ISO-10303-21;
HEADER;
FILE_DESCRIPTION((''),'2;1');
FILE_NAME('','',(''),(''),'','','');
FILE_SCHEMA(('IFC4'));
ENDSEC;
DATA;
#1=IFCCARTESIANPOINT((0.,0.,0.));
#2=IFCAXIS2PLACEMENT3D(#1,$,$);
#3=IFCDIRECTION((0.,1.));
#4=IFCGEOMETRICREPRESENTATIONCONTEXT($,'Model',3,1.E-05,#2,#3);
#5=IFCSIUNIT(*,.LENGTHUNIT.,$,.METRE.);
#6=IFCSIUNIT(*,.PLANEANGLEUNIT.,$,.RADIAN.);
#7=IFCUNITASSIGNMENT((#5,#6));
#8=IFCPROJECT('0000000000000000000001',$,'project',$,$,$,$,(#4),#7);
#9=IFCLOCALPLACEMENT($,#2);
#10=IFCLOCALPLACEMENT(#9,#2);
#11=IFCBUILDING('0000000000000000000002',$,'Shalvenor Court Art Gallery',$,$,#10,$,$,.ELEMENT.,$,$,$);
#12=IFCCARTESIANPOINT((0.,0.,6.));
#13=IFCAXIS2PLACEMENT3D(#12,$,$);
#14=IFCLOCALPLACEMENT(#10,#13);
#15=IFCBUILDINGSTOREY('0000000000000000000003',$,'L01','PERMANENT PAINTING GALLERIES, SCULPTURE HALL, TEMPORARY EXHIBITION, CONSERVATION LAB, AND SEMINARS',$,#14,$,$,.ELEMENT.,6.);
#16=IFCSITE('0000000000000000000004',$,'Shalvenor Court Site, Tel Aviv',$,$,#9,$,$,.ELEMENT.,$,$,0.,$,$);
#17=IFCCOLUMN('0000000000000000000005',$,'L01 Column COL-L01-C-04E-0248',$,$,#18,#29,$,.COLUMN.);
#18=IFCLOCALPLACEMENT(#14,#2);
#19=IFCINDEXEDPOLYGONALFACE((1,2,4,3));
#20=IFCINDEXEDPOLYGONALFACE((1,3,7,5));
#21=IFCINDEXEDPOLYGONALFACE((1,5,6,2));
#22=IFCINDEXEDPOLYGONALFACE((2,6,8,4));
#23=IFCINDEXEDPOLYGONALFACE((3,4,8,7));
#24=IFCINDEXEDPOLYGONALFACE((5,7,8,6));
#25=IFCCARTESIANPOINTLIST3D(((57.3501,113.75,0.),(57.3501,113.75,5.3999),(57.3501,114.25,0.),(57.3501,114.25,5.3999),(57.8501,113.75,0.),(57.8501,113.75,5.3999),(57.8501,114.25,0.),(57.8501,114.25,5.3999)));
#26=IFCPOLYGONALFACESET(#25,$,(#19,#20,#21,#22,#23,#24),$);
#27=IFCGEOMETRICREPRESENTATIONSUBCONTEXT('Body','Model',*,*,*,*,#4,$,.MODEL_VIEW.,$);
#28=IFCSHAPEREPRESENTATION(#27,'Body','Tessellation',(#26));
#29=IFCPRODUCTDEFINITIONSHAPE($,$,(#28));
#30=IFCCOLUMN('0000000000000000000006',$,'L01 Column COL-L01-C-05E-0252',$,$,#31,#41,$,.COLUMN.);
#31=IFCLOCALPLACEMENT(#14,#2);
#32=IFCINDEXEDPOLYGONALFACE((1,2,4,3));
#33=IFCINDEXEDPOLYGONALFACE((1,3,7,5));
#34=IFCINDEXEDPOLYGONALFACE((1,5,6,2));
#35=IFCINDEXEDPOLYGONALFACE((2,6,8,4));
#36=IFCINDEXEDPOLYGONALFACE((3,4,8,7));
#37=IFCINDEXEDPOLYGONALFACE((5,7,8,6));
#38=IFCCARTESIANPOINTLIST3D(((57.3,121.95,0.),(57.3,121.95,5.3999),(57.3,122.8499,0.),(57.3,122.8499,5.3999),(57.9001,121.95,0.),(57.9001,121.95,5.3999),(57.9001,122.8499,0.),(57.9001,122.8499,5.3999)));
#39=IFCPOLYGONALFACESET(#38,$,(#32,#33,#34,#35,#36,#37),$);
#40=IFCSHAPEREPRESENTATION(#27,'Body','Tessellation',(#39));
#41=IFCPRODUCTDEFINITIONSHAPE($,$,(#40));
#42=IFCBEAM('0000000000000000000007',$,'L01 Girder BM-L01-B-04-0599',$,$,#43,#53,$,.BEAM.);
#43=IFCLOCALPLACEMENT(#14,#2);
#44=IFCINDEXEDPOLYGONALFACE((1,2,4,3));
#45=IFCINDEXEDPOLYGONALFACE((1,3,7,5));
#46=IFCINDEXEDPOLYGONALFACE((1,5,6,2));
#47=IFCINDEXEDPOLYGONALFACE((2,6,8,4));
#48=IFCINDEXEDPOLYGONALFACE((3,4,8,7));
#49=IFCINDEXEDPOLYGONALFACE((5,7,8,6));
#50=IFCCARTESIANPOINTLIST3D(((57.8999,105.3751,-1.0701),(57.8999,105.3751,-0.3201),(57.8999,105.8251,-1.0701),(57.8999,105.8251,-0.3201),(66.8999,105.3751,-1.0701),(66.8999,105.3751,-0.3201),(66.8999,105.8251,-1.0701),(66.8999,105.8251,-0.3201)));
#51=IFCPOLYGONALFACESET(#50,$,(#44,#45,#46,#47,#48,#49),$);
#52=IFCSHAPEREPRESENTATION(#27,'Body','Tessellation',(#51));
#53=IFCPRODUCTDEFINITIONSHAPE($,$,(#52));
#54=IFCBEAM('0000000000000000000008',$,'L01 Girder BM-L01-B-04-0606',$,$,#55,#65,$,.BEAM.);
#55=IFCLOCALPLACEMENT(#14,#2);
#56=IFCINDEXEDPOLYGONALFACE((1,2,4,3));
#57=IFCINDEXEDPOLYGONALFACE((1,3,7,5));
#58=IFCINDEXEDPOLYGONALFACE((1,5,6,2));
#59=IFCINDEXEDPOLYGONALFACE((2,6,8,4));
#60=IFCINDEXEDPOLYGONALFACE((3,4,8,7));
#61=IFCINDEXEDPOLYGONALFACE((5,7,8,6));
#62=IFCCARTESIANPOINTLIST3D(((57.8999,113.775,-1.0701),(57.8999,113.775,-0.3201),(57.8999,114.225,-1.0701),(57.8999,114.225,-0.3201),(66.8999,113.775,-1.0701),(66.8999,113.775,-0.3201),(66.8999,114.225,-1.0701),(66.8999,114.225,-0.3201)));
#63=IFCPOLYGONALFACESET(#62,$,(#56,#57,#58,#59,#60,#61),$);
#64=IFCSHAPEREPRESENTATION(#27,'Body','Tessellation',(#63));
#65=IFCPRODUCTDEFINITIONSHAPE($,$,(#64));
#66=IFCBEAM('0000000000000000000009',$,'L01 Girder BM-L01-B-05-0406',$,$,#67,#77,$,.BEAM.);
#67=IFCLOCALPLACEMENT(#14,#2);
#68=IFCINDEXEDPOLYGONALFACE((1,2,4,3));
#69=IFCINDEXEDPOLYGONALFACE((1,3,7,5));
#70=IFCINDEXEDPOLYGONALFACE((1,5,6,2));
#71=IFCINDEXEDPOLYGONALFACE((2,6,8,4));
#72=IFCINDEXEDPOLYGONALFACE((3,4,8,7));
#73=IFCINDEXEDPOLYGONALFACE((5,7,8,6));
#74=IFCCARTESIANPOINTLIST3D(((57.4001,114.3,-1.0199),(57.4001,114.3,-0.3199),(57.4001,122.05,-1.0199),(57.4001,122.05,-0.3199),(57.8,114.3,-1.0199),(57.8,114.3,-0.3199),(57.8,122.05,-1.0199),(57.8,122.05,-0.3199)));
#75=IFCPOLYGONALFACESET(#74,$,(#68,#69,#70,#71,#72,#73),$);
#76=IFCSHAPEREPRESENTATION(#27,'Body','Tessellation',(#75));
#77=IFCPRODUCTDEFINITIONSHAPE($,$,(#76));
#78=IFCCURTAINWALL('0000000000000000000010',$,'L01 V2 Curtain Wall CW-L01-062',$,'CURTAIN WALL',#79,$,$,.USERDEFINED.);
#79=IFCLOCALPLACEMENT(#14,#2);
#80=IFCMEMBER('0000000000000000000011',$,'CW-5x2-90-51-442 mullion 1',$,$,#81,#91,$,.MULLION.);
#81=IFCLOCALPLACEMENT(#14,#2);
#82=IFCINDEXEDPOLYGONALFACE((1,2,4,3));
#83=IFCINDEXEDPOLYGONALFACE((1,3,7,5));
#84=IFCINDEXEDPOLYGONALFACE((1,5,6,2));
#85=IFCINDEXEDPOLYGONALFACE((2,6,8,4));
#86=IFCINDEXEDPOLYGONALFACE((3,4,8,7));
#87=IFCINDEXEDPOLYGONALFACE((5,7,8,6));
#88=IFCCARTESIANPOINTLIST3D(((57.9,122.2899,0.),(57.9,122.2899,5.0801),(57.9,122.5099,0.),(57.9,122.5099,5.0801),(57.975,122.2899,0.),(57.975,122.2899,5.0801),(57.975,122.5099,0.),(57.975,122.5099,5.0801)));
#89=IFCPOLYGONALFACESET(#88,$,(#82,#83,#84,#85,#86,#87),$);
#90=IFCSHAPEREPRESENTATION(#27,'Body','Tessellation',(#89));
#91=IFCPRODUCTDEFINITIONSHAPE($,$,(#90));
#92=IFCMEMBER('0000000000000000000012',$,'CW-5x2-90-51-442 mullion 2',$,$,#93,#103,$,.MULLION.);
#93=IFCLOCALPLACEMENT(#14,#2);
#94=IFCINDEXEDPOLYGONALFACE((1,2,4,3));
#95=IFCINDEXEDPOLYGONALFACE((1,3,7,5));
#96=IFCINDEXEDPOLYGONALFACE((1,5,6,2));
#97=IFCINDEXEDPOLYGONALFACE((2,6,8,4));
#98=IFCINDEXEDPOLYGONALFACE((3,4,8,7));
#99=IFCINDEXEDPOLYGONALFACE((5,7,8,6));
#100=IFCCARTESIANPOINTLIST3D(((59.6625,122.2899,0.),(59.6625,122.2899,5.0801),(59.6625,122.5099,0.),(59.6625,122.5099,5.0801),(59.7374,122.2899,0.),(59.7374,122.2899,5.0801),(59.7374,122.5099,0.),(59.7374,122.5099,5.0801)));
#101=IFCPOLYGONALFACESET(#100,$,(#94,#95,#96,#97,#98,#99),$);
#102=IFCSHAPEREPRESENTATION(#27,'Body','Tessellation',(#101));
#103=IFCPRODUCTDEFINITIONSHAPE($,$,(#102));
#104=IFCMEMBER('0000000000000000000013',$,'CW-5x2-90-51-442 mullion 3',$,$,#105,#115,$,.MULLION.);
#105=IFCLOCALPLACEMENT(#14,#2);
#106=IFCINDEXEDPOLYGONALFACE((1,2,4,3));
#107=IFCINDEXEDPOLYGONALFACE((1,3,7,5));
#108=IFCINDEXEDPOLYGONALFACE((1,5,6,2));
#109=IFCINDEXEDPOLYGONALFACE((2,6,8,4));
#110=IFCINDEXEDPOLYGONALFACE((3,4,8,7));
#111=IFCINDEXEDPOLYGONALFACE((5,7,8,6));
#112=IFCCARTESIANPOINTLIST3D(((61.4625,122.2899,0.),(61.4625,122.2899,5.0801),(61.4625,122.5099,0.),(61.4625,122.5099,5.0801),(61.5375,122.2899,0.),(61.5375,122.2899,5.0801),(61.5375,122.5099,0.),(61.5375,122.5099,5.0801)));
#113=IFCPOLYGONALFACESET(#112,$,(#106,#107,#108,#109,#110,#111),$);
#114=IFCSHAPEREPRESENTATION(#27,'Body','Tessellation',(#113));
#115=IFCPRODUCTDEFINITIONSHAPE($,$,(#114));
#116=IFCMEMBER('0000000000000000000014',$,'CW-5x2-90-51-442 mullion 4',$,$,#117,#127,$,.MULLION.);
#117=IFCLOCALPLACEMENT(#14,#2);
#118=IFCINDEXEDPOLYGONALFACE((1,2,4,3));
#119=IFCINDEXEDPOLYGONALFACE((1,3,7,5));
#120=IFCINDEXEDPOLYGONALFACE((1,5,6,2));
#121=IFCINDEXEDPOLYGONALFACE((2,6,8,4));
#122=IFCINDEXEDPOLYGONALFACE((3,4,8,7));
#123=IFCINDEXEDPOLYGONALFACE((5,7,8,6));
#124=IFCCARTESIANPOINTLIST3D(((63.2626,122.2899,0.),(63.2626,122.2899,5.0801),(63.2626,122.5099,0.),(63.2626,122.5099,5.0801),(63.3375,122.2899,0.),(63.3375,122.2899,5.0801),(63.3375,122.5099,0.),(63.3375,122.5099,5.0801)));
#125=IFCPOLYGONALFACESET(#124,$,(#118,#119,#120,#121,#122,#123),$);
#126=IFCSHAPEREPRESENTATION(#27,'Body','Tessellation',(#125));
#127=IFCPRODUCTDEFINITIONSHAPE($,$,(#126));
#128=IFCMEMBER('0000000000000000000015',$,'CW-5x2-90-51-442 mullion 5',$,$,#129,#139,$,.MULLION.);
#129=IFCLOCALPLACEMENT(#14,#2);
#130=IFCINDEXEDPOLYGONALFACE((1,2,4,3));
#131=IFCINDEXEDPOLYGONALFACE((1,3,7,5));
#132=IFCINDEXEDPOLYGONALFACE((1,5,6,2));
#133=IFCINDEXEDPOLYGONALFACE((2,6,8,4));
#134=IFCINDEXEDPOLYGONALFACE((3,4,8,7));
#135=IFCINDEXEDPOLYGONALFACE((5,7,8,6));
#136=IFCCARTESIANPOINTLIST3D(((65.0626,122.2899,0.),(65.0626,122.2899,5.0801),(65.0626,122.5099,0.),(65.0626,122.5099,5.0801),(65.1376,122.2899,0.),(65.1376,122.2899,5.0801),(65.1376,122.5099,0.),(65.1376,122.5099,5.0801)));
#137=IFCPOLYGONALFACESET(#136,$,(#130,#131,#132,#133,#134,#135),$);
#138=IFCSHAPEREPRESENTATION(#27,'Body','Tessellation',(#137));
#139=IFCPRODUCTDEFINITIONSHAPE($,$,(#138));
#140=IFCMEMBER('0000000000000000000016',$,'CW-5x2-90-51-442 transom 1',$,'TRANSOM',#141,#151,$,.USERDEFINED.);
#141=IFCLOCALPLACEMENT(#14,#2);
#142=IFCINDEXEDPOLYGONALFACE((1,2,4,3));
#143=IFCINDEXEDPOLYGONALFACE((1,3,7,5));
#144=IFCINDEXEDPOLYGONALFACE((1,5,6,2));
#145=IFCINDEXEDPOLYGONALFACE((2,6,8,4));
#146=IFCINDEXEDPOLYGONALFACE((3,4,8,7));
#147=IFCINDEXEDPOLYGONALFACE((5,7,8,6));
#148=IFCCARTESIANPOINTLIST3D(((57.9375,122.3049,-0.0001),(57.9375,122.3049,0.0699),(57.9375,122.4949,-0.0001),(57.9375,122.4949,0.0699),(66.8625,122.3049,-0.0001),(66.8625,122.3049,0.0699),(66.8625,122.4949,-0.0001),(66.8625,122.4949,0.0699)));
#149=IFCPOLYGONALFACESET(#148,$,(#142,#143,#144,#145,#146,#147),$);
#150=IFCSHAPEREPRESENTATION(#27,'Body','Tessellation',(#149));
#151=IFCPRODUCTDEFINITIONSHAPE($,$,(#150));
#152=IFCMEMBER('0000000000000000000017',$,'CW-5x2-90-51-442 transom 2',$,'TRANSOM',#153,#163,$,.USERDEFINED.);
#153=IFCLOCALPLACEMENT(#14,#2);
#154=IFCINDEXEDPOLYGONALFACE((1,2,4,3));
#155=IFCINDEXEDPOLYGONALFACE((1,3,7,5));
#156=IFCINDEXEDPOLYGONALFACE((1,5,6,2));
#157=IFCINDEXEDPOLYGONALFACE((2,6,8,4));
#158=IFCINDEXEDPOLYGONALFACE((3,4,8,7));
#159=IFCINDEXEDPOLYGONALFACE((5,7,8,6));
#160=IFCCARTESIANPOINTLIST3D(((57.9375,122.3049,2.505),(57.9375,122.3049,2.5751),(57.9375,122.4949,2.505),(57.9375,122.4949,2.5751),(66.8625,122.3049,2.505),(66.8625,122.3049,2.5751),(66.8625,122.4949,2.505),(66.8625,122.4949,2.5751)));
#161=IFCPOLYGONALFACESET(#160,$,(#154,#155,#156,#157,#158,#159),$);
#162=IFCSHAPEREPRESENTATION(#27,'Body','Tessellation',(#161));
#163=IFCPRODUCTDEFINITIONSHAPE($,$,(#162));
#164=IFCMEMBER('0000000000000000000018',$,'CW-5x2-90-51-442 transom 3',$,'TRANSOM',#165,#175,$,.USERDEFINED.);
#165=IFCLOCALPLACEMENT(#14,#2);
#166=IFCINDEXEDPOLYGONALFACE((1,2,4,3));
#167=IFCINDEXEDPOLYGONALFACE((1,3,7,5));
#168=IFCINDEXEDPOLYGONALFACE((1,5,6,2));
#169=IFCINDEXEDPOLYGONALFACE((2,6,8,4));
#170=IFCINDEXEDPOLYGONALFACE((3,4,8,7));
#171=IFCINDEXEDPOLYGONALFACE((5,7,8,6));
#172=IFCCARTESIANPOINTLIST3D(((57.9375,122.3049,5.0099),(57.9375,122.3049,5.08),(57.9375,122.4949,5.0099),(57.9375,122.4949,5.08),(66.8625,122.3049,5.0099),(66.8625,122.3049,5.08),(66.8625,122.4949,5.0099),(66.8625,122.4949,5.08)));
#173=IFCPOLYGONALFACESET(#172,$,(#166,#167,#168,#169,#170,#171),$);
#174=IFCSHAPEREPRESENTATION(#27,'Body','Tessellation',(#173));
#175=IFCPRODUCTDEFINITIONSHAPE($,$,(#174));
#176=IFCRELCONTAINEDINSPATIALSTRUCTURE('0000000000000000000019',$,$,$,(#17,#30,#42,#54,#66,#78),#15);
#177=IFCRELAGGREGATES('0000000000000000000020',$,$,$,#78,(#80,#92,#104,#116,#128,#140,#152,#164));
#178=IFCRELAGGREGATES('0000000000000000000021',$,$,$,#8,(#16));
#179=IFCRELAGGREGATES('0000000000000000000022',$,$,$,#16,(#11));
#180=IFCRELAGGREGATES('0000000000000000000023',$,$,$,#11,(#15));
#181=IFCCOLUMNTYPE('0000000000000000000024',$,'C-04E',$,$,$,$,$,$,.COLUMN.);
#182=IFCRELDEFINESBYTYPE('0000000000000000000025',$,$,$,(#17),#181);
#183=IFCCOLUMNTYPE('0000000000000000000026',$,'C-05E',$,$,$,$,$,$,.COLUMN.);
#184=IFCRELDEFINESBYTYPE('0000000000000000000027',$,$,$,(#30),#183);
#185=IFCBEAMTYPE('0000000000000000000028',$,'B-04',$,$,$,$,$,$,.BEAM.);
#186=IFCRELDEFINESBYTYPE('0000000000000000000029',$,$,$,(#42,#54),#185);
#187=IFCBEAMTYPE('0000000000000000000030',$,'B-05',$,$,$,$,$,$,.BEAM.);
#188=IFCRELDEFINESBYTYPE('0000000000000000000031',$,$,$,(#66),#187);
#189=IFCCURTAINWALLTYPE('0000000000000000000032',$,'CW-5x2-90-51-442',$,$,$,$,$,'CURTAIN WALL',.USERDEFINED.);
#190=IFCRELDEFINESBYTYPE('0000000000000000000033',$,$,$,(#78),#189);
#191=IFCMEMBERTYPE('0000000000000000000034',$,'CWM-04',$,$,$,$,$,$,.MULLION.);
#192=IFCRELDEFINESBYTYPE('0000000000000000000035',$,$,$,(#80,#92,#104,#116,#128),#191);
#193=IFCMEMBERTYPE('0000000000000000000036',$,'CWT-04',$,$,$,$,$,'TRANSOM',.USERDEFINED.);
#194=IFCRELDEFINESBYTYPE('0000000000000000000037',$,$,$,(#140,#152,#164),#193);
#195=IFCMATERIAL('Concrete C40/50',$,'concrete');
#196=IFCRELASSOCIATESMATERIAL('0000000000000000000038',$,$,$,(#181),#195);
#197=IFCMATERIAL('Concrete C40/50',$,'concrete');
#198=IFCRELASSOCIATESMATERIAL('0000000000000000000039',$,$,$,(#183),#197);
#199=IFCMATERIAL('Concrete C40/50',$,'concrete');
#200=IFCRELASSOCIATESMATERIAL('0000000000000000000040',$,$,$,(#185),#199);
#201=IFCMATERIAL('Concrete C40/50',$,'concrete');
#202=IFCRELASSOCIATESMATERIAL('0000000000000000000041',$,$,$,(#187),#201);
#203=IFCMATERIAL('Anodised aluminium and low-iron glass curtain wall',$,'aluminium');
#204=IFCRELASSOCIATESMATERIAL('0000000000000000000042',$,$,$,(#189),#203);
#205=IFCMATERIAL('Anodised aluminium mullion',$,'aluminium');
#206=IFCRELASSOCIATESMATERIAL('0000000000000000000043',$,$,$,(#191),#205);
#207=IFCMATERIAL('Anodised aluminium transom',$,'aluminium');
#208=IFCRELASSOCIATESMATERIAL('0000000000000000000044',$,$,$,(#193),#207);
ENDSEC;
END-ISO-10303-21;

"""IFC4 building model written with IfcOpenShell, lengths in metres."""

from ifc_helpers import new_model, si_unit, direction, frame, origin, origin_2d, place, context, subcontext, project, spatial, rectangle, extrude, material, material_profile, profile_set, type_object, element, aggregate, save


model = new_model("IFC4")

# Units and contexts
model_context = context("Model", 3, precision=1e-05, world=origin(), true_north=direction((0.0, 1.0)))
body_context = subcontext(model_context, "Body", "Model", "MODEL_VIEW")
ifc_project = project(units=[si_unit("LENGTHUNIT", "METRE"), si_unit("PLANEANGLEUNIT", "RADIAN")], contexts=[model_context])

# Site, building, storey
site_placement = place(None, origin())
site = spatial("IfcSite", under=ifc_project, at=site_placement, Name="Shalvenor Court Site, Tel Aviv", CompositionType="ELEMENT", RefElevation=0.0)
building_placement = place(site_placement, origin())
building = spatial("IfcBuilding", under=site, at=building_placement, Name="Shalvenor Court Art Gallery", CompositionType="ELEMENT")
storey_placement = place(building_placement, frame((0.0, 0.0, 6.0)))
storey = spatial("IfcBuildingStorey", under=building, at=storey_placement, Name="L01", Description="PERMANENT PAINTING GALLERIES, SCULPTURE HALL, TEMPORARY EXHIBITION, CONSERVATION LAB, AND SEMINARS", CompositionType="ELEMENT", Elevation=6.0)

# Columns
ifc_material_1 = material(Name="Concrete C40/50", Category="concrete")
ifc_material_profile_1 = material_profile(ifc_material_1, rectangle(XDim=0.5, YDim=0.5, at=origin_2d()), Name="RC 500x500")
ifc_profile_set_1 = profile_set([ifc_material_profile_1], Name="Concrete C40/50")
column_type_1 = type_object("IfcColumnType", Name="C-04E", PredefinedType="COLUMN", material=ifc_profile_set_1)
column_1_placement = place(storey_placement, frame((57.6001, 114.0, 0.0), z_axis=(0.0, 0.0, 1.0), x_axis=(1.0, 0.0, 0.0)))
element("IfcColumn", 1, at=column_1_placement, inside=storey, type_object=column_type_1, Name="L01 Column COL-L01-C-04E-0248", PredefinedType="COLUMN", context=body_context, shape_type="SweptSolid", body=[
    extrude(rectangle(XDim=0.5, YDim=0.5, at=origin_2d()), origin(), (0.0, 0.0, 1.0), 5.3999),
])
ifc_material_2 = material(Name="Concrete C40/50", Category="concrete")
ifc_material_profile_2 = material_profile(ifc_material_2, rectangle(XDim=0.6001, YDim=0.8999, at=origin_2d()), Name="RC 600x900")
ifc_profile_set_2 = profile_set([ifc_material_profile_2], Name="Concrete C40/50")
column_type_2 = type_object("IfcColumnType", Name="C-05E", PredefinedType="COLUMN", material=ifc_profile_set_2)
column_2_placement = place(storey_placement, frame((57.6001, 122.3999, 0.0), z_axis=(0.0, 0.0, 1.0), x_axis=(1.0, 0.0, 0.0)))
element("IfcColumn", 2, at=column_2_placement, inside=storey, type_object=column_type_2, Name="L01 Column COL-L01-C-05E-0252", PredefinedType="COLUMN", context=body_context, shape_type="SweptSolid", body=[
    extrude(rectangle(XDim=0.6001, YDim=0.8999, at=origin_2d()), origin(), (0.0, 0.0, 1.0), 5.3999),
])

# Beams
ifc_material_3 = material(Name="Concrete C40/50", Category="concrete")
ifc_material_profile_3 = material_profile(ifc_material_3, rectangle(XDim=0.45, YDim=0.75, at=origin_2d()), Name="RC 450x750")
ifc_profile_set_3 = profile_set([ifc_material_profile_3], Name="Concrete C40/50")
beam_type_1 = type_object("IfcBeamType", Name="B-04", PredefinedType="BEAM", material=ifc_profile_set_3)
for number, where, z_axis, x_axis, name in (
    (3, (57.8999, 105.6001, -0.6951), (1.0, 0.0, 0.0), (0.0, 1.0, 0.0), "L01 Girder BM-L01-B-04-0599"),
    (4, (57.8999, 114.0, -0.6951), (1.0, 0.0, 0.0), (0.0, 1.0, 0.0), "L01 Girder BM-L01-B-04-0606"),
):
    element("IfcBeam", number, at=place(storey_placement, frame(where, z_axis=z_axis, x_axis=x_axis)), inside=storey, type_object=beam_type_1, Name=name, PredefinedType="BEAM", context=body_context, shape_type="SweptSolid", body=[
        extrude(rectangle(XDim=0.45, YDim=0.75, at=origin_2d()), origin(), (0.0, 0.0, 1.0), 9.0),
    ])
ifc_material_4 = material(Name="Concrete C40/50", Category="concrete")
ifc_material_profile_4 = material_profile(ifc_material_4, rectangle(XDim=0.3999, YDim=0.7, at=origin_2d()), Name="RC 400x700")
ifc_profile_set_4 = profile_set([ifc_material_profile_4], Name="Concrete C40/50")
beam_type_2 = type_object("IfcBeamType", Name="B-05", PredefinedType="BEAM", material=ifc_profile_set_4)
beam_1_placement = place(storey_placement, frame((57.6001, 114.3, -0.6699), z_axis=(0.0, 1.0, 0.0), x_axis=(-1.0, 0.0, 0.0)))
element("IfcBeam", 5, at=beam_1_placement, inside=storey, type_object=beam_type_2, Name="L01 Girder BM-L01-B-05-0406", PredefinedType="BEAM", context=body_context, shape_type="SweptSolid", body=[
    extrude(rectangle(XDim=0.3999, YDim=0.7, at=origin_2d()), origin(), (0.0, 0.0, 1.0), 7.75),
])

# Curtain wall, members
ifc_material_5 = material(Name="Anodised aluminium and low-iron glass curtain wall", Category="aluminium")
curtain_wall_type = type_object("IfcCurtainWallType", Name="CW-5x2-90-51-442", ElementType="CURTAIN WALL", PredefinedType="USERDEFINED", material=ifc_material_5)
curtain_wall_placement = place(storey_placement, origin())
curtain_wall = element("IfcCurtainWall", 6, at=curtain_wall_placement, inside=storey, type_object=curtain_wall_type, Name="L01 V2 Curtain Wall CW-L01-062", ObjectType="CURTAIN WALL", PredefinedType="USERDEFINED")
ifc_material_6 = material(Name="Anodised aluminium mullion", Category="aluminium")
ifc_material_profile_5 = material_profile(ifc_material_6, rectangle(XDim=0.075, YDim=0.22, at=origin_2d()), Name="CWM-04")
ifc_profile_set_5 = profile_set([ifc_material_profile_5], Name="Anodised aluminium mullion")
member_type_1 = type_object("IfcMemberType", Name="CWM-04", PredefinedType="MULLION", material=ifc_profile_set_5)
member_1_placement = place(storey_placement, frame((57.9375, 122.3999, 0.0), z_axis=(0.0, 0.0, 1.0), x_axis=(1.0, 0.0, 0.0)))
member_1 = element("IfcMember", 7, at=member_1_placement, type_object=member_type_1, Name="CW-5x2-90-51-442 mullion 1", PredefinedType="MULLION", context=body_context, shape_type="SweptSolid", body=[
    extrude(rectangle(XDim=0.075, YDim=0.22, at=origin_2d()), origin(), (0.0, 0.0, 1.0), 5.0801),
])
member_2_placement = place(storey_placement, frame((59.7, 122.3999, 0.0), z_axis=(0.0, 0.0, 1.0), x_axis=(1.0, 0.0, 0.0)))
member_2 = element("IfcMember", 8, at=member_2_placement, type_object=member_type_1, Name="CW-5x2-90-51-442 mullion 2", PredefinedType="MULLION", context=body_context, shape_type="SweptSolid", body=[
    extrude(rectangle(XDim=0.075, YDim=0.22, at=origin_2d()), origin(), (0.0, 0.0, 1.0), 5.0801),
])
member_3_placement = place(storey_placement, frame((61.5, 122.3999, 0.0), z_axis=(0.0, 0.0, 1.0), x_axis=(1.0, 0.0, 0.0)))
member_3 = element("IfcMember", 9, at=member_3_placement, type_object=member_type_1, Name="CW-5x2-90-51-442 mullion 3", PredefinedType="MULLION", context=body_context, shape_type="SweptSolid", body=[
    extrude(rectangle(XDim=0.075, YDim=0.22, at=origin_2d()), origin(), (0.0, 0.0, 1.0), 5.0801),
])
member_4_placement = place(storey_placement, frame((63.3, 122.3999, 0.0), z_axis=(0.0, 0.0, 1.0), x_axis=(1.0, 0.0, 0.0)))
member_4 = element("IfcMember", 10, at=member_4_placement, type_object=member_type_1, Name="CW-5x2-90-51-442 mullion 4", PredefinedType="MULLION", context=body_context, shape_type="SweptSolid", body=[
    extrude(rectangle(XDim=0.075, YDim=0.22, at=origin_2d()), origin(), (0.0, 0.0, 1.0), 5.0801),
])
member_5_placement = place(storey_placement, frame((65.1001, 122.3999, 0.0), z_axis=(0.0, 0.0, 1.0), x_axis=(1.0, 0.0, 0.0)))
member_5 = element("IfcMember", 11, at=member_5_placement, type_object=member_type_1, Name="CW-5x2-90-51-442 mullion 5", PredefinedType="MULLION", context=body_context, shape_type="SweptSolid", body=[
    extrude(rectangle(XDim=0.075, YDim=0.22, at=origin_2d()), origin(), (0.0, 0.0, 1.0), 5.0801),
])
ifc_material_7 = material(Name="Anodised aluminium transom", Category="aluminium")
ifc_material_profile_6 = material_profile(ifc_material_7, rectangle(XDim=0.1899, YDim=0.0701, at=origin_2d()), Name="CWT-04")
ifc_profile_set_6 = profile_set([ifc_material_profile_6], Name="Anodised aluminium transom")
member_type_2 = type_object("IfcMemberType", Name="CWT-04", ElementType="TRANSOM", PredefinedType="USERDEFINED", material=ifc_profile_set_6)
member_6_placement = place(storey_placement, frame((57.9375, 122.3999, 0.0349), z_axis=(1.0, 0.0, 0.0), x_axis=(0.0, 1.0, 0.0)))
member_6 = element("IfcMember", 12, at=member_6_placement, type_object=member_type_2, Name="CW-5x2-90-51-442 transom 1", ObjectType="TRANSOM", PredefinedType="USERDEFINED", context=body_context, shape_type="SweptSolid", body=[
    extrude(rectangle(XDim=0.1899, YDim=0.0701, at=origin_2d()), origin(), (0.0, 0.0, 1.0), 8.925),
])
member_7_placement = place(storey_placement, frame((57.9375, 122.3999, 2.54), z_axis=(1.0, 0.0, 0.0), x_axis=(0.0, 1.0, 0.0)))
member_7 = element("IfcMember", 13, at=member_7_placement, type_object=member_type_2, Name="CW-5x2-90-51-442 transom 2", ObjectType="TRANSOM", PredefinedType="USERDEFINED", context=body_context, shape_type="SweptSolid", body=[
    extrude(rectangle(XDim=0.1899, YDim=0.0701, at=origin_2d()), origin(), (0.0, 0.0, 1.0), 8.925),
])
member_8_placement = place(storey_placement, frame((57.9375, 122.3999, 5.0449), z_axis=(1.0, 0.0, 0.0), x_axis=(0.0, 1.0, 0.0)))
member_8 = element("IfcMember", 14, at=member_8_placement, type_object=member_type_2, Name="CW-5x2-90-51-442 transom 3", ObjectType="TRANSOM", PredefinedType="USERDEFINED", context=body_context, shape_type="SweptSolid", body=[
    extrude(rectangle(XDim=0.1899, YDim=0.0701, at=origin_2d()), origin(), (0.0, 0.0, 1.0), 8.925),
])

aggregate(curtain_wall, [member_1, member_2, member_3, member_4, member_5, member_6, member_7, member_8])

save(model, "model.ifc")
